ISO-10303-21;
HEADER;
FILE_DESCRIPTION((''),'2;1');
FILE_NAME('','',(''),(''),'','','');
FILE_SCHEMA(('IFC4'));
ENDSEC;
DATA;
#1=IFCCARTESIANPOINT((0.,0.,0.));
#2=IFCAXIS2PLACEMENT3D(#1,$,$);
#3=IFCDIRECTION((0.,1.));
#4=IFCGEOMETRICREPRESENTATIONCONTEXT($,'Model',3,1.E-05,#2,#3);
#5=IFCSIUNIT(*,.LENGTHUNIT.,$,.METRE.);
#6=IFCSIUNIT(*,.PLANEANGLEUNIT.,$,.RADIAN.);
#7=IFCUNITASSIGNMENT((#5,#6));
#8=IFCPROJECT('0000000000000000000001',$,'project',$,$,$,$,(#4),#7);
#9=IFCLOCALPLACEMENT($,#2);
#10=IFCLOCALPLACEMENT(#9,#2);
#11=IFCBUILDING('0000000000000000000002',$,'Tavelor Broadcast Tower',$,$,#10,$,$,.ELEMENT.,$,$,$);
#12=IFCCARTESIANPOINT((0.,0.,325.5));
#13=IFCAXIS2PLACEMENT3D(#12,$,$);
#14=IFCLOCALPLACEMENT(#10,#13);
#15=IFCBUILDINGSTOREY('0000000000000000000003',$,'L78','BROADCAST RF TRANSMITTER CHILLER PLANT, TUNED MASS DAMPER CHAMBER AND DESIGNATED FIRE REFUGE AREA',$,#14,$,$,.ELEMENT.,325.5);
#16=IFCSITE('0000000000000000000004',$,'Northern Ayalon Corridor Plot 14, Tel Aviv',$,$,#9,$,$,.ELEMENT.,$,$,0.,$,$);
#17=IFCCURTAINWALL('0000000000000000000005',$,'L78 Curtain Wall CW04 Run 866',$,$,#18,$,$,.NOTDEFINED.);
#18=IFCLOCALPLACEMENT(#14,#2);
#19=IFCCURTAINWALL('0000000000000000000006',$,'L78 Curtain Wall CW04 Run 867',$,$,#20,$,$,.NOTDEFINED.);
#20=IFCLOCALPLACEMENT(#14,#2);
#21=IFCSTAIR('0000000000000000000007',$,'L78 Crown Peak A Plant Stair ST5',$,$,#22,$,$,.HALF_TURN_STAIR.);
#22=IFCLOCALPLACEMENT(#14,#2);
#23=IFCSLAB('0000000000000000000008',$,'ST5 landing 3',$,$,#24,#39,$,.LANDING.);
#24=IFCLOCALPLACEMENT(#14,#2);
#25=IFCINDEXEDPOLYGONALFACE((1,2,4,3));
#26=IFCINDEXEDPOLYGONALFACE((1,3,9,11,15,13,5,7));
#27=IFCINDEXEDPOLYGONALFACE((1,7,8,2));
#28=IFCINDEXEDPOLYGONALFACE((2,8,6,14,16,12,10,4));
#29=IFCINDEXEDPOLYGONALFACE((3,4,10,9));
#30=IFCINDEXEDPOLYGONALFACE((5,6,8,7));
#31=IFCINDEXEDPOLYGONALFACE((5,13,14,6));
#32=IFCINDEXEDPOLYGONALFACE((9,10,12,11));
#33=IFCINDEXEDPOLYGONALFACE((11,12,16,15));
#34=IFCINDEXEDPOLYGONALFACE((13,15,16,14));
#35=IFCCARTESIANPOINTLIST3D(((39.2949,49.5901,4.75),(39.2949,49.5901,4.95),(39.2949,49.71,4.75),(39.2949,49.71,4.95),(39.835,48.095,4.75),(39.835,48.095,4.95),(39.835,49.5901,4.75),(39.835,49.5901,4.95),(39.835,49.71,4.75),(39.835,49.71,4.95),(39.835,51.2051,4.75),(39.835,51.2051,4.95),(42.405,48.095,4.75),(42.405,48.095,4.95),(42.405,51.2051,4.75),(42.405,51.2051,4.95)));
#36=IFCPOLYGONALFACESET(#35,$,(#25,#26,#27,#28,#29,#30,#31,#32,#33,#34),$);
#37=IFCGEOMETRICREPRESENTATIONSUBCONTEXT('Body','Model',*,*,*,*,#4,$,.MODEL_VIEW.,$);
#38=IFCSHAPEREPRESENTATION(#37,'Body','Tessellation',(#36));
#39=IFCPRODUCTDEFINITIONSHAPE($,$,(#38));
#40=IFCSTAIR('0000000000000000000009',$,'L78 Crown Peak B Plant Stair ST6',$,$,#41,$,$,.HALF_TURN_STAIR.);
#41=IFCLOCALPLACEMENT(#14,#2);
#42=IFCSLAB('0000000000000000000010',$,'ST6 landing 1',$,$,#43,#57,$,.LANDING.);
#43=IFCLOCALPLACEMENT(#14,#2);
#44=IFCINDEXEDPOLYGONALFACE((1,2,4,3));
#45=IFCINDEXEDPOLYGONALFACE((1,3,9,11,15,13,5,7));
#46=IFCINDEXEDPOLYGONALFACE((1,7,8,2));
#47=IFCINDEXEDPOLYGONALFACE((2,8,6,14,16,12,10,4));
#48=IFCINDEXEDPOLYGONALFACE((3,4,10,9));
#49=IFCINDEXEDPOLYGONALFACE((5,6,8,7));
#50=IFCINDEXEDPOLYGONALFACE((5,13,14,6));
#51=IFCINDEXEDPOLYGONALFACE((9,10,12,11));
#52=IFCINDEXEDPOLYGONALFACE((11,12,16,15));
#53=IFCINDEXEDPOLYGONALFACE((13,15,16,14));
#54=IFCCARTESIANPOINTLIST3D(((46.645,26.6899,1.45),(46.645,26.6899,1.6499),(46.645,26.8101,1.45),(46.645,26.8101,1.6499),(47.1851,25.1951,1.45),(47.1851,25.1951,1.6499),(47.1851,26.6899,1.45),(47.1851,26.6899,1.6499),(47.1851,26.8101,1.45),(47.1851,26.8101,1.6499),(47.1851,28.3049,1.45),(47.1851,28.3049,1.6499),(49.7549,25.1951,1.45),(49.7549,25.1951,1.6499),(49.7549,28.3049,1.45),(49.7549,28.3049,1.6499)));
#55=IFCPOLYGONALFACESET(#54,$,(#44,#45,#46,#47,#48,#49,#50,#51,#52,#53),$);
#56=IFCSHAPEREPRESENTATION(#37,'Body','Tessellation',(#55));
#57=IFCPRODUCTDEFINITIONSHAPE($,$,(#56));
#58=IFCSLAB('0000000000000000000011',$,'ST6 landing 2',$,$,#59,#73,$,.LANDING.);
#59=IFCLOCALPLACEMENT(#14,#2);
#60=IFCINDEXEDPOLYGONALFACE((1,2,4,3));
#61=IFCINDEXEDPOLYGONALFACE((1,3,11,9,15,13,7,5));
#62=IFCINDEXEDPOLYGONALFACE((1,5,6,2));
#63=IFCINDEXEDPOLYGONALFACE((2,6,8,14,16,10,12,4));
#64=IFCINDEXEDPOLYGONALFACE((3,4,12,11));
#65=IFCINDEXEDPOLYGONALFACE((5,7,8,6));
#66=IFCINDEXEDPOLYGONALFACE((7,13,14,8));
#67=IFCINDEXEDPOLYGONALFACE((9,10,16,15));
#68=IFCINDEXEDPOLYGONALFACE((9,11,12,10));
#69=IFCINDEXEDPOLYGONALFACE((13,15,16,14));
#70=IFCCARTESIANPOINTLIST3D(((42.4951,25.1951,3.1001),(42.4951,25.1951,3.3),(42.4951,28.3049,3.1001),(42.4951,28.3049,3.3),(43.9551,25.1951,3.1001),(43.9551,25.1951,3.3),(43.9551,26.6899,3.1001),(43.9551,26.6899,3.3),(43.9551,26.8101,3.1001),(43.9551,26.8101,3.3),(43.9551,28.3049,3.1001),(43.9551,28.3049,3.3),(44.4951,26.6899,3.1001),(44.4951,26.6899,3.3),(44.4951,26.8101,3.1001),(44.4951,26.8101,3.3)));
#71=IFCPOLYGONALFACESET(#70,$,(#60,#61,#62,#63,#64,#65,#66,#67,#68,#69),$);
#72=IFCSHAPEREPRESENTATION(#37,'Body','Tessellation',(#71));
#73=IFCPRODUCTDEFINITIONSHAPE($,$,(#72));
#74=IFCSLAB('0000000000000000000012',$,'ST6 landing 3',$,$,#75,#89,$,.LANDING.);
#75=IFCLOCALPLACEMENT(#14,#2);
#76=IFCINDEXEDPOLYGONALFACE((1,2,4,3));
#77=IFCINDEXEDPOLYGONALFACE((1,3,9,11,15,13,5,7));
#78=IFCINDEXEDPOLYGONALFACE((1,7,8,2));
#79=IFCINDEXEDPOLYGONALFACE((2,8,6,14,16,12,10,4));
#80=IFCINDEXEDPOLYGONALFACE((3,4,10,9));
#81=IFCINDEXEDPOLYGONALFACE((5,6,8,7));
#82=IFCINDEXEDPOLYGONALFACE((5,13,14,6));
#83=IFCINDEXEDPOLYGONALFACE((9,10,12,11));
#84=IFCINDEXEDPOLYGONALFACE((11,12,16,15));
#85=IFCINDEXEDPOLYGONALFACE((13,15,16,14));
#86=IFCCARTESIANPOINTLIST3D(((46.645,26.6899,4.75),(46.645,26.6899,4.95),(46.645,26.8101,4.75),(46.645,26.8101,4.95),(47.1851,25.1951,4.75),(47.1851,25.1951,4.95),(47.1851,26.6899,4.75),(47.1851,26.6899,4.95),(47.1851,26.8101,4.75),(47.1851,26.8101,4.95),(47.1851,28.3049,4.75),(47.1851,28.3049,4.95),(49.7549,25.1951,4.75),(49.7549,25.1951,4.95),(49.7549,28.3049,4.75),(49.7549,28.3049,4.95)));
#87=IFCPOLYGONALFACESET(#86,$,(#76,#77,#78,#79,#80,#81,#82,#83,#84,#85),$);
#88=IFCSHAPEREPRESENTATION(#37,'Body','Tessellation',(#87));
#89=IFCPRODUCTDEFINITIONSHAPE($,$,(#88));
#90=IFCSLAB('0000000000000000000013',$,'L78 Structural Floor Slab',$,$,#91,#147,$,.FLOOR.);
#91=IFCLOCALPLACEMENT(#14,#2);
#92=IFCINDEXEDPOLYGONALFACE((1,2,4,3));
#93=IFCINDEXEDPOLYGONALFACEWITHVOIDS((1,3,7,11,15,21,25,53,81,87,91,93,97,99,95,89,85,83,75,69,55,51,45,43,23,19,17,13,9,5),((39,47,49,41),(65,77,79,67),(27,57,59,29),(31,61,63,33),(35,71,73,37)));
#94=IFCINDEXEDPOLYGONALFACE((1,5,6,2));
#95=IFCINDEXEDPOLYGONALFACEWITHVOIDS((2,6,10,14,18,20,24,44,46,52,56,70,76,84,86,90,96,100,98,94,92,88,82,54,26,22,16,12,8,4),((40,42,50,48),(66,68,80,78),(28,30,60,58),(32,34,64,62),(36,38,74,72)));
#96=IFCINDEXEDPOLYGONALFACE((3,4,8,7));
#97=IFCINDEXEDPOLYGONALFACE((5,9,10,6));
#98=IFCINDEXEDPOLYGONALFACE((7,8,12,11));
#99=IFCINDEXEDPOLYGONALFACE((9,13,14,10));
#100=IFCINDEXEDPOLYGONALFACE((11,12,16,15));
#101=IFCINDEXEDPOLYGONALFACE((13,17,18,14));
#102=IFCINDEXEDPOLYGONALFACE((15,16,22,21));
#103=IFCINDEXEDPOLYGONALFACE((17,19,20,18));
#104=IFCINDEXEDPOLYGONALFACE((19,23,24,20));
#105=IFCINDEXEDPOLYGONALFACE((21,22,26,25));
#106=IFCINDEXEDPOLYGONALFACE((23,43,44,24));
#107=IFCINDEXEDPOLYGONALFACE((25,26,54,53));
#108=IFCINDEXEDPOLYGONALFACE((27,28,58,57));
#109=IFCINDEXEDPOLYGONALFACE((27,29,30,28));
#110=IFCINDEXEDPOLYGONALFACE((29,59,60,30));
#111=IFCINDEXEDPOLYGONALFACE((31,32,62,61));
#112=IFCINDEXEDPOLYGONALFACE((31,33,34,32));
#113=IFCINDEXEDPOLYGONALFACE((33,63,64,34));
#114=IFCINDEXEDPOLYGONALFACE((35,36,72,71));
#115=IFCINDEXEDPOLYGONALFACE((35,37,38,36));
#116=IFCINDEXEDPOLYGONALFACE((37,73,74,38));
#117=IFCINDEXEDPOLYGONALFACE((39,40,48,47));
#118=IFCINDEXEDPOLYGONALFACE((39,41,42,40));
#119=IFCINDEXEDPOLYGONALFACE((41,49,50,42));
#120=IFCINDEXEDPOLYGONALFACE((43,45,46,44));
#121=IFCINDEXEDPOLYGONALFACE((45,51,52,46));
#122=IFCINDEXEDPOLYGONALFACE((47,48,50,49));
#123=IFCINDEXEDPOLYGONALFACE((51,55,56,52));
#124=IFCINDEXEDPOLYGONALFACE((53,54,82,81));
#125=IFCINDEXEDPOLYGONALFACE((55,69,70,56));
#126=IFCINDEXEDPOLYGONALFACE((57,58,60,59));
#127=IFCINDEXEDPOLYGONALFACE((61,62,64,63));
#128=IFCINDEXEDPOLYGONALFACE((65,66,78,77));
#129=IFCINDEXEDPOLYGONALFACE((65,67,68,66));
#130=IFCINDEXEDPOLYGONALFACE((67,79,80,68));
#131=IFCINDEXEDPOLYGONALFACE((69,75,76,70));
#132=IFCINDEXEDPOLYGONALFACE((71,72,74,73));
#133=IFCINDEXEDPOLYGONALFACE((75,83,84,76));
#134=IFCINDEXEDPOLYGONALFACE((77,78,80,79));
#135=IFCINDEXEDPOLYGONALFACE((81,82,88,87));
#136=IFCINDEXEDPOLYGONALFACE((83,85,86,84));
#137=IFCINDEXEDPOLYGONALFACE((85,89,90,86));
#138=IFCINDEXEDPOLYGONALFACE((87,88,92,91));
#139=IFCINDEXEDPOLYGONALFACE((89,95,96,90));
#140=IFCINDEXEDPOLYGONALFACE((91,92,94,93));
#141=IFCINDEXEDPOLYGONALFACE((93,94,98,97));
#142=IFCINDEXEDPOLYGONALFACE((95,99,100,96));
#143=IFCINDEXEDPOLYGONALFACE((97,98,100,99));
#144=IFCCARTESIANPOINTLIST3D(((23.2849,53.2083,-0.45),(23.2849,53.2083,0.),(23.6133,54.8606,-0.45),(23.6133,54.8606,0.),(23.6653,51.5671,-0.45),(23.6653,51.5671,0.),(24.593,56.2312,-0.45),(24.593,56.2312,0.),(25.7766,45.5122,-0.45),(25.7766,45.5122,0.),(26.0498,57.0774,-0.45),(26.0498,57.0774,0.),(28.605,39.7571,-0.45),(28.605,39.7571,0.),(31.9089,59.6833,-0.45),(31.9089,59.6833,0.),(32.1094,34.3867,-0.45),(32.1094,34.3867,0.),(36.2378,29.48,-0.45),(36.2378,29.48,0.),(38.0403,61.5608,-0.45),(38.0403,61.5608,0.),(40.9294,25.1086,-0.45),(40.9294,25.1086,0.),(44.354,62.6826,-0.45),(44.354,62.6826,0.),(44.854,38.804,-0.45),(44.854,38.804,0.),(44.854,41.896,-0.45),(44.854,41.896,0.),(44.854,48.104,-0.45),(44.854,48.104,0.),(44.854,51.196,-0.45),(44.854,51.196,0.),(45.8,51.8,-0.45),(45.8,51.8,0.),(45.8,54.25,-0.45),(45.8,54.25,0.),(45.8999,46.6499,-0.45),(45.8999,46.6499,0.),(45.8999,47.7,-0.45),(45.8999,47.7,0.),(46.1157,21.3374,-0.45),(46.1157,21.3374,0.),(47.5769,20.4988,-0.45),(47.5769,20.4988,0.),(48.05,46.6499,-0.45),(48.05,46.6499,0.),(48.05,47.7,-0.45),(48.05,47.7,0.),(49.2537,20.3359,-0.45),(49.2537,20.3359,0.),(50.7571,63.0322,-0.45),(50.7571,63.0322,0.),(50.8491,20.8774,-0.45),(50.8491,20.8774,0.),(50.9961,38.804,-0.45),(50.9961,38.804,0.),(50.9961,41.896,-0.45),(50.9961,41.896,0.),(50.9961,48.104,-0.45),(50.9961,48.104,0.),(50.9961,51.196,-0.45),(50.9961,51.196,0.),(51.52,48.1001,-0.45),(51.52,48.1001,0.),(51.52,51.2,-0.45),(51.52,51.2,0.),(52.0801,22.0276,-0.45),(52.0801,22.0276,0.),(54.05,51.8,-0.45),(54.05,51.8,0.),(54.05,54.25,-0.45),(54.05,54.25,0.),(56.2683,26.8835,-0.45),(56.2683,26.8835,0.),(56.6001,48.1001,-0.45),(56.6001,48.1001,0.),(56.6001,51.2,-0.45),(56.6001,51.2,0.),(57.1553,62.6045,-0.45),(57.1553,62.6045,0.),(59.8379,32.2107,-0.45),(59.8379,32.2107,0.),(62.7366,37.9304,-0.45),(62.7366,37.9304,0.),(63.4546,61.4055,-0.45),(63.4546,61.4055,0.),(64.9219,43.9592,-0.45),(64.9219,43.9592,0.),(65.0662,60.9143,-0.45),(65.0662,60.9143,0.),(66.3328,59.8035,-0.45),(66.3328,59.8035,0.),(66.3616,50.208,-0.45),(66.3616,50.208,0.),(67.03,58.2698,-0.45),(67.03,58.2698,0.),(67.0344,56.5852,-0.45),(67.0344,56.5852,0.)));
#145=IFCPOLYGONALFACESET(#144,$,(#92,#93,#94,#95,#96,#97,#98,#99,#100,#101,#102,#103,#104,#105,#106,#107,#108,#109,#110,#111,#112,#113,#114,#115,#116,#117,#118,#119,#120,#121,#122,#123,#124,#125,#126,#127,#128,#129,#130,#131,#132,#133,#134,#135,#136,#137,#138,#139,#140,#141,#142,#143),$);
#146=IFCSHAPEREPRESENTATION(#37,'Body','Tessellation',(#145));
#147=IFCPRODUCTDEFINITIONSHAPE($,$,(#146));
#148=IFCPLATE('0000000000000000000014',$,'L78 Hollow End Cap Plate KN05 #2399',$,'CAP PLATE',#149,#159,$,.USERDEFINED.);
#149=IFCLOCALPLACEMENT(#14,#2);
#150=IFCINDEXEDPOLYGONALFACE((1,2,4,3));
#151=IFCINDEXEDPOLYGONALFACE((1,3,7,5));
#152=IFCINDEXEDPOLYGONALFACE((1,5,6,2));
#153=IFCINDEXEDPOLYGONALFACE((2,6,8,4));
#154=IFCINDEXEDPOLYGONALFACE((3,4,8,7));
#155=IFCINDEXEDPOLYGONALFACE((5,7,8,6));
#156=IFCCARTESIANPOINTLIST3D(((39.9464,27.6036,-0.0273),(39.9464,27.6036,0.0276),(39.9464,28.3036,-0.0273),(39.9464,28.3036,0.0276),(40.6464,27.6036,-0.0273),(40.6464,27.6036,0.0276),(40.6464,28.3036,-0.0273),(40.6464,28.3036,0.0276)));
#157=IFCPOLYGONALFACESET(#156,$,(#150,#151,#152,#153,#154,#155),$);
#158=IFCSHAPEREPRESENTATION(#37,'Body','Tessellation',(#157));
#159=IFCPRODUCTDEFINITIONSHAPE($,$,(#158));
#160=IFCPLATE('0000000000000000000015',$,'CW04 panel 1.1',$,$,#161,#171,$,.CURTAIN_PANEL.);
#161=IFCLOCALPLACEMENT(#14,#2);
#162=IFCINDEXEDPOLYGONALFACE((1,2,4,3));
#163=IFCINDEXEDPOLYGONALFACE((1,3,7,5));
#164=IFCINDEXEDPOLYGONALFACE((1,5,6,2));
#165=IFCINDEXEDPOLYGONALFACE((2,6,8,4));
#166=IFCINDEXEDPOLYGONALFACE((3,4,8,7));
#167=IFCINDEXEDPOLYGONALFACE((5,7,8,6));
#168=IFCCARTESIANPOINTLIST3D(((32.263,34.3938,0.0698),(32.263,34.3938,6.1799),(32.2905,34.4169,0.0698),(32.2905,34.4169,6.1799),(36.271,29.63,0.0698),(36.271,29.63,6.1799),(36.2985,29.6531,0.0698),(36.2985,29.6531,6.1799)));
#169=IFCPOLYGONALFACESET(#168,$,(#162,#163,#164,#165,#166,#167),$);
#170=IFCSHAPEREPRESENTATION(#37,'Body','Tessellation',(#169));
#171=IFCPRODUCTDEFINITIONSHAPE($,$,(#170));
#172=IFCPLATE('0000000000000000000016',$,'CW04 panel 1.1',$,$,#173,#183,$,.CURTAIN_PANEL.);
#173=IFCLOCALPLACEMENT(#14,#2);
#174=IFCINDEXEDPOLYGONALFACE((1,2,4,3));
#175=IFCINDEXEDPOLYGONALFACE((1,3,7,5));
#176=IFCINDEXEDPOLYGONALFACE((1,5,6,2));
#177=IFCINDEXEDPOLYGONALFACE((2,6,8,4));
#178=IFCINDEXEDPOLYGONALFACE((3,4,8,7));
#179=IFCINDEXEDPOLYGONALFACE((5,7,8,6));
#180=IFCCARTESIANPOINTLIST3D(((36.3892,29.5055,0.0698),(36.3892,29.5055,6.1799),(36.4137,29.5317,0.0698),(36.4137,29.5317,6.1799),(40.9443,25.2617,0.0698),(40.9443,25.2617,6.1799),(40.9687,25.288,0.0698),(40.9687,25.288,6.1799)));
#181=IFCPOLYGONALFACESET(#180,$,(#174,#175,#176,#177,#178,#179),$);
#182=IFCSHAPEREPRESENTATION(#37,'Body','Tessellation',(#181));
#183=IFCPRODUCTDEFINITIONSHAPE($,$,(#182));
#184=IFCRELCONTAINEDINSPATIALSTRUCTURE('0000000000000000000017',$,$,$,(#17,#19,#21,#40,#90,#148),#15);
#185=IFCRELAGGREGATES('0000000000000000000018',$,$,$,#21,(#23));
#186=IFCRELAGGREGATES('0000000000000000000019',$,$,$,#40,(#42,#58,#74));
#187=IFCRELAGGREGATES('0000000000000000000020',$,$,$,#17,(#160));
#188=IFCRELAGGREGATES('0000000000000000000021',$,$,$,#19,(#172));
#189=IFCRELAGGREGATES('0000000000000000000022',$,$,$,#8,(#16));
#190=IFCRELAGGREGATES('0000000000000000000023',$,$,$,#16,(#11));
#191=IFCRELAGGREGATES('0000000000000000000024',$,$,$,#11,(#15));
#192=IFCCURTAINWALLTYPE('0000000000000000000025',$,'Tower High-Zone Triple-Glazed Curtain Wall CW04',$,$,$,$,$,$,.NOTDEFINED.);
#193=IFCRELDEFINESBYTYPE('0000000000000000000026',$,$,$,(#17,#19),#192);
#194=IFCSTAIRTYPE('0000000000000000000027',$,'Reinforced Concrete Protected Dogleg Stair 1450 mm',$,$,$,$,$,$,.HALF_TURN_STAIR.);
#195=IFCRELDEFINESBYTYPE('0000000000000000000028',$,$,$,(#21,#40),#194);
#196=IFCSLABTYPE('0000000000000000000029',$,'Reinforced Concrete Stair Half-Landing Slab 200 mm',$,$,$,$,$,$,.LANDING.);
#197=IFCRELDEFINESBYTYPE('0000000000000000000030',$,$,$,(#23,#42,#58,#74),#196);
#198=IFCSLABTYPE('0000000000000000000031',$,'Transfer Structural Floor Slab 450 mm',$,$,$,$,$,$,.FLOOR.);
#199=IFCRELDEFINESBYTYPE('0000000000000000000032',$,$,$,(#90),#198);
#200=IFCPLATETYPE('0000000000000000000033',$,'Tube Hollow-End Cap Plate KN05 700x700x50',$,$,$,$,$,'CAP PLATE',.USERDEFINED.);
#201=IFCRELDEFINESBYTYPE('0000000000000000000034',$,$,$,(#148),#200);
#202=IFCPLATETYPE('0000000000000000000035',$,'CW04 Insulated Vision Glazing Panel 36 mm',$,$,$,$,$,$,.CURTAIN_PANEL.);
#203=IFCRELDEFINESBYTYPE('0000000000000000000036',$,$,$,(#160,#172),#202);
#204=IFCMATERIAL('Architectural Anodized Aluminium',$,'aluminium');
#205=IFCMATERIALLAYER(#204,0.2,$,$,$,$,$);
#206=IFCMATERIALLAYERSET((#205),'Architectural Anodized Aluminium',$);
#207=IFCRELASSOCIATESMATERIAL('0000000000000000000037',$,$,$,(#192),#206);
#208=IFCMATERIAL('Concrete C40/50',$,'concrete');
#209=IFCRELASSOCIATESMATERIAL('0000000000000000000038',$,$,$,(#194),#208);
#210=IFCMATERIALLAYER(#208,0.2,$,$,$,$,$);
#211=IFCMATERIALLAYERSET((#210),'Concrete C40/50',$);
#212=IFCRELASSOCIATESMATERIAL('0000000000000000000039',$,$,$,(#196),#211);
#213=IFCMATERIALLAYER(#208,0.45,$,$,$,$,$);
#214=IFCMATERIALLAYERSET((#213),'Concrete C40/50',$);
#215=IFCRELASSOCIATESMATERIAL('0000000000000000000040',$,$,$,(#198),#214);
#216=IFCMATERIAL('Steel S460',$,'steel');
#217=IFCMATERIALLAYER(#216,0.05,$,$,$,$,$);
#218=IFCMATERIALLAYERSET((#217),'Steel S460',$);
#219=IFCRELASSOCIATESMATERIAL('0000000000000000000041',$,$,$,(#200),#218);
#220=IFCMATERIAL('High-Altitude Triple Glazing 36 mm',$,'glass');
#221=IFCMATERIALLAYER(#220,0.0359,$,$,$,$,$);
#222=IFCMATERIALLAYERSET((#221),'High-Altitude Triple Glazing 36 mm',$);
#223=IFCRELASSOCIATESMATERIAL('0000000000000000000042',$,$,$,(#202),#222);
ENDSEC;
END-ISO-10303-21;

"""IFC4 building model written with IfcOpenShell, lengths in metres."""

from ifc_helpers import new_model, si_unit, direction, frame, origin, origin_2d, place, context, subcontext, project, spatial, polyline, rectangle, outline, extrude, source, transform, mapped, material, layer, layer_set, type_object, type_shapes, element, aggregate, save


model = new_model("IFC4")

# Units and contexts
model_context = context("Model", 3, precision=1e-05, world=origin(), true_north=direction((0.0, 1.0)))
body_context = subcontext(model_context, "Body", "Model", "MODEL_VIEW")
ifc_project = project(units=[si_unit("LENGTHUNIT", "METRE"), si_unit("PLANEANGLEUNIT", "RADIAN")], contexts=[model_context])

# Site, building, storey
site_placement = place(None, origin())
site = spatial("IfcSite", under=ifc_project, at=site_placement, Name="Northern Ayalon Corridor Plot 14, Tel Aviv", CompositionType="ELEMENT", RefElevation=0.0)
building_placement = place(site_placement, origin())
building = spatial("IfcBuilding", under=site, at=building_placement, Name="Tavelor Broadcast Tower", CompositionType="ELEMENT")
storey_placement = place(building_placement, frame((0.0, 0.0, 325.5)))
storey = spatial("IfcBuildingStorey", under=building, at=storey_placement, Name="L78", Description="BROADCAST RF TRANSMITTER CHILLER PLANT, TUNED MASS DAMPER CHAMBER AND DESIGNATED FIRE REFUGE AREA", CompositionType="ELEMENT", Elevation=325.5)

# Shared definitions
ifc_material_1 = material(Name="Steel S460", Category="steel")

# Curtain wall
ifc_material_2 = material(Name="Architectural Anodized Aluminium", Category="aluminium")
ifc_layer_1 = layer(ifc_material_2, 0.2)
ifc_layer_set_1 = layer_set([ifc_layer_1], Name="Architectural Anodized Aluminium")
curtain_wall_type = type_object("IfcCurtainWallType", Name="Tower High-Zone Triple-Glazed Curtain Wall CW04", PredefinedType="NOTDEFINED", material=ifc_layer_set_1)
curtain_wall_1_placement = place(storey_placement, origin())
curtain_wall_1 = element("IfcCurtainWall", 1, at=curtain_wall_1_placement, inside=storey, type_object=curtain_wall_type, Name="L78 Curtain Wall CW04 Run 866", PredefinedType="NOTDEFINED")

# Curtain wall
curtain_wall_2_placement = place(storey_placement, origin())
curtain_wall_2 = element("IfcCurtainWall", 2, at=curtain_wall_2_placement, inside=storey, type_object=curtain_wall_type, Name="L78 Curtain Wall CW04 Run 867", PredefinedType="NOTDEFINED")

# Stairs, slabs
ifc_material_3 = material(Name="Concrete C40/50", Category="concrete")
stair_type = type_object("IfcStairType", Name="Reinforced Concrete Protected Dogleg Stair 1450 mm", PredefinedType="HALF_TURN_STAIR", material=ifc_material_3)
ifc_layer_2 = layer(ifc_material_3, 0.2)
ifc_layer_set_2 = layer_set([ifc_layer_2], Name="Concrete C40/50")
slab_type_1 = type_object("IfcSlabType", Name="Reinforced Concrete Stair Half-Landing Slab 200 mm", PredefinedType="LANDING", material=ifc_layer_set_2)
stair_1_placement = place(storey_placement, origin())
stair_1 = element("IfcStair", 3, at=stair_1_placement, inside=storey, type_object=stair_type, Name="L78 Crown Peak A Plant Stair ST5", PredefinedType="HALF_TURN_STAIR")
slab_1_placement = place(storey_placement, frame((0.0, 0.0, 4.75)))
slab_1 = element("IfcSlab", 4, at=slab_1_placement, type_object=slab_type_1, Name="ST5 landing 3", PredefinedType="LANDING", context=body_context, shape_type="SweptSolid", body=[
    extrude(outline(polyline([(39.835, 49.5901), (39.835, 48.095), (42.405, 48.095), (42.405, 51.2051), (39.835, 51.2051), (39.835, 49.71), (39.2949, 49.71), (39.2949, 49.5901), (39.835, 49.5901)])), origin(), (0.0, 0.0, 1.0), 0.2),
])
aggregate(stair_1, [slab_1])
stair_2_placement = place(storey_placement, origin())
stair_2 = element("IfcStair", 5, at=stair_2_placement, inside=storey, type_object=stair_type, Name="L78 Crown Peak B Plant Stair ST6", PredefinedType="HALF_TURN_STAIR")
slab_2_placement = place(storey_placement, frame((0.0, 0.0, 1.45)))
slab_2 = element("IfcSlab", 6, at=slab_2_placement, type_object=slab_type_1, Name="ST6 landing 1", PredefinedType="LANDING", context=body_context, shape_type="SweptSolid", body=[
    extrude(outline(polyline([(47.1851, 26.6899), (47.1851, 25.1951), (49.7549, 25.1951), (49.7549, 28.3049), (47.1851, 28.3049), (47.1851, 26.8101), (46.645, 26.8101), (46.645, 26.6899), (47.1851, 26.6899)])), origin(), (0.0, 0.0, 1.0), 0.2),
])
slab_3_placement = place(storey_placement, frame((0.0, 0.0, 3.1001)))
slab_3 = element("IfcSlab", 7, at=slab_3_placement, type_object=slab_type_1, Name="ST6 landing 2", PredefinedType="LANDING", context=body_context, shape_type="SweptSolid", body=[
    extrude(outline(polyline([(42.4951, 25.1951), (43.9551, 25.1951), (43.9551, 26.6899), (44.4951, 26.6899), (44.4951, 26.8101), (43.9551, 26.8101), (43.9551, 28.3049), (42.4951, 28.3049), (42.4951, 25.1951)])), origin(), (0.0, 0.0, 1.0), 0.2),
])
slab_4_placement = place(storey_placement, frame((0.0, 0.0, 4.75)))
slab_4 = element("IfcSlab", 8, at=slab_4_placement, type_object=slab_type_1, Name="ST6 landing 3", PredefinedType="LANDING", context=body_context, shape_type="SweptSolid", body=[
    extrude(outline(polyline([(47.1851, 26.6899), (47.1851, 25.1951), (49.7549, 25.1951), (49.7549, 28.3049), (47.1851, 28.3049), (47.1851, 26.8101), (46.645, 26.8101), (46.645, 26.6899), (47.1851, 26.6899)])), origin(), (0.0, 0.0, 1.0), 0.2),
])
aggregate(stair_2, [slab_2, slab_3, slab_4])

# Slab
ifc_layer_3 = layer(ifc_material_3, 0.45)
ifc_layer_set_3 = layer_set([ifc_layer_3], Name="Concrete C40/50")
slab_type_2 = type_object("IfcSlabType", Name="Transfer Structural Floor Slab 450 mm", PredefinedType="FLOOR", material=ifc_layer_set_3)
slab_5_placement = place(storey_placement, frame((0.0, 0.0, -0.45)))
element("IfcSlab", 9, at=slab_5_placement, inside=storey, type_object=slab_type_2, Name="L78 Structural Floor Slab", PredefinedType="FLOOR", context=body_context, shape_type="SweptSolid", body=[
    extrude(outline(polyline([(26.0498, 57.0774), (24.593, 56.2312), (23.6133, 54.8606), (23.2849, 53.2083), (23.6653, 51.5671), (25.7766, 45.5122), (28.605, 39.7571), (32.1094, 34.3867), (36.2378, 29.48), (40.9294, 25.1086), (46.1157, 21.3374), (47.5769, 20.4988), (49.2537, 20.3359), (50.8491, 20.8774), (52.0801, 22.0276), (56.2683, 26.8835), (59.8379, 32.2107), (62.7366, 37.9304), (64.9219, 43.9592), (66.3616, 50.208), (67.0344, 56.5852), (67.03, 58.2698), (66.3328, 59.8035), (65.0662, 60.9143), (63.4546, 61.4055), (57.1553, 62.6045), (50.7571, 63.0322), (44.354, 62.6826), (38.0403, 61.5608), (31.9089, 59.6833), (26.0498, 57.0774)]), holes=[polyline([(50.9961, 41.896), (50.9961, 38.804), (44.854, 38.804), (44.854, 41.896), (50.9961, 41.896)]), polyline([(48.05, 47.7), (48.05, 46.6499), (45.8999, 46.6499), (45.8999, 47.7), (48.05, 47.7)]), polyline([(50.9961, 51.196), (50.9961, 48.104), (44.854, 48.104), (44.854, 51.196), (50.9961, 51.196)]), polyline([(56.6001, 48.1001), (51.52, 48.1001), (51.52, 51.2), (56.6001, 51.2), (56.6001, 48.1001)]), polyline([(54.05, 51.8), (45.8, 51.8), (45.8, 54.25), (54.05, 54.25), (54.05, 51.8)])]), origin(), (0.0, 0.0, 1.0), 0.45),
])

# Plates
ifc_layer_4 = layer(ifc_material_1, 0.05)
ifc_layer_set_4 = layer_set([ifc_layer_4], Name="Steel S460")
plate_type_1 = type_object("IfcPlateType", Name="Tube Hollow-End Cap Plate KN05 700x700x50", ElementType="CAP PLATE", PredefinedType="USERDEFINED", material=ifc_layer_set_4)
shared_shape_1 = source(origin(), body_context, "Body", "SweptSolid", [
    extrude(rectangle(XDim=0.7, YDim=0.7, at=origin_2d()), origin(), (0.0, 0.0, 1.0), 0.0549),
])
type_shapes(plate_type_1, [shared_shape_1])
plate_1_placement = place(storey_placement, frame((40.2964, 27.9536, -0.0273), z_axis=(0.0, 0.0, 1.0), x_axis=(1.0, 0.0, 0.0)))
element("IfcPlate", 10, at=plate_1_placement, inside=storey, type_object=plate_type_1, Name="L78 Hollow End Cap Plate KN05 #2399", ObjectType="CAP PLATE", PredefinedType="USERDEFINED", context=body_context, shape_type="MappedRepresentation", body=[
    mapped(shared_shape_1, transform((0.0, 0.0, 0.0), scale=1.0)),
])
ifc_material_4 = material(Name="High-Altitude Triple Glazing 36 mm", Category="glass")
ifc_layer_5 = layer(ifc_material_4, 0.0359)
ifc_layer_set_5 = layer_set([ifc_layer_5], Name="High-Altitude Triple Glazing 36 mm")
plate_type_2 = type_object("IfcPlateType", Name="CW04 Insulated Vision Glazing Panel 36 mm", PredefinedType="CURTAIN_PANEL", material=ifc_layer_set_5)
shared_shape_2 = source(origin(), body_context, "Body", "SweptSolid", [
    extrude(rectangle(XDim=6.2256, YDim=0.0359, at=origin_2d()), origin(), (0.0, 0.0, 1.0), 6.1101),
])
type_shapes(plate_type_2, [shared_shape_2])
plate_2_placement = place(storey_placement, frame((34.2808, 32.0234, 0.0698), z_axis=(0.0, 0.0, 1.0), x_axis=(0.643795, -0.765198, 0.0)))
plate_2 = element("IfcPlate", 11, at=plate_2_placement, type_object=plate_type_2, Name="CW04 panel 1.1", PredefinedType="CURTAIN_PANEL", context=body_context, shape_type="MappedRepresentation", body=[
    mapped(shared_shape_2, transform((0.0, 0.0, 0.0), scale=1.0)),
])
aggregate(curtain_wall_1, [plate_2])
plate_3_placement = place(storey_placement, frame((38.679, 27.3967, 0.0698), z_axis=(0.0, 0.0, 1.0), x_axis=(0.731667, -0.681663, 0.0)))
plate_3 = element("IfcPlate", 12, at=plate_3_placement, type_object=plate_type_2, Name="CW04 panel 1.1", PredefinedType="CURTAIN_PANEL", context=body_context, shape_type="MappedRepresentation", body=[
    mapped(shared_shape_2, transform((0.0, 0.0, 0.0), scale=1.0)),
])
aggregate(curtain_wall_2, [plate_3])

save(model, "model.ifc")
